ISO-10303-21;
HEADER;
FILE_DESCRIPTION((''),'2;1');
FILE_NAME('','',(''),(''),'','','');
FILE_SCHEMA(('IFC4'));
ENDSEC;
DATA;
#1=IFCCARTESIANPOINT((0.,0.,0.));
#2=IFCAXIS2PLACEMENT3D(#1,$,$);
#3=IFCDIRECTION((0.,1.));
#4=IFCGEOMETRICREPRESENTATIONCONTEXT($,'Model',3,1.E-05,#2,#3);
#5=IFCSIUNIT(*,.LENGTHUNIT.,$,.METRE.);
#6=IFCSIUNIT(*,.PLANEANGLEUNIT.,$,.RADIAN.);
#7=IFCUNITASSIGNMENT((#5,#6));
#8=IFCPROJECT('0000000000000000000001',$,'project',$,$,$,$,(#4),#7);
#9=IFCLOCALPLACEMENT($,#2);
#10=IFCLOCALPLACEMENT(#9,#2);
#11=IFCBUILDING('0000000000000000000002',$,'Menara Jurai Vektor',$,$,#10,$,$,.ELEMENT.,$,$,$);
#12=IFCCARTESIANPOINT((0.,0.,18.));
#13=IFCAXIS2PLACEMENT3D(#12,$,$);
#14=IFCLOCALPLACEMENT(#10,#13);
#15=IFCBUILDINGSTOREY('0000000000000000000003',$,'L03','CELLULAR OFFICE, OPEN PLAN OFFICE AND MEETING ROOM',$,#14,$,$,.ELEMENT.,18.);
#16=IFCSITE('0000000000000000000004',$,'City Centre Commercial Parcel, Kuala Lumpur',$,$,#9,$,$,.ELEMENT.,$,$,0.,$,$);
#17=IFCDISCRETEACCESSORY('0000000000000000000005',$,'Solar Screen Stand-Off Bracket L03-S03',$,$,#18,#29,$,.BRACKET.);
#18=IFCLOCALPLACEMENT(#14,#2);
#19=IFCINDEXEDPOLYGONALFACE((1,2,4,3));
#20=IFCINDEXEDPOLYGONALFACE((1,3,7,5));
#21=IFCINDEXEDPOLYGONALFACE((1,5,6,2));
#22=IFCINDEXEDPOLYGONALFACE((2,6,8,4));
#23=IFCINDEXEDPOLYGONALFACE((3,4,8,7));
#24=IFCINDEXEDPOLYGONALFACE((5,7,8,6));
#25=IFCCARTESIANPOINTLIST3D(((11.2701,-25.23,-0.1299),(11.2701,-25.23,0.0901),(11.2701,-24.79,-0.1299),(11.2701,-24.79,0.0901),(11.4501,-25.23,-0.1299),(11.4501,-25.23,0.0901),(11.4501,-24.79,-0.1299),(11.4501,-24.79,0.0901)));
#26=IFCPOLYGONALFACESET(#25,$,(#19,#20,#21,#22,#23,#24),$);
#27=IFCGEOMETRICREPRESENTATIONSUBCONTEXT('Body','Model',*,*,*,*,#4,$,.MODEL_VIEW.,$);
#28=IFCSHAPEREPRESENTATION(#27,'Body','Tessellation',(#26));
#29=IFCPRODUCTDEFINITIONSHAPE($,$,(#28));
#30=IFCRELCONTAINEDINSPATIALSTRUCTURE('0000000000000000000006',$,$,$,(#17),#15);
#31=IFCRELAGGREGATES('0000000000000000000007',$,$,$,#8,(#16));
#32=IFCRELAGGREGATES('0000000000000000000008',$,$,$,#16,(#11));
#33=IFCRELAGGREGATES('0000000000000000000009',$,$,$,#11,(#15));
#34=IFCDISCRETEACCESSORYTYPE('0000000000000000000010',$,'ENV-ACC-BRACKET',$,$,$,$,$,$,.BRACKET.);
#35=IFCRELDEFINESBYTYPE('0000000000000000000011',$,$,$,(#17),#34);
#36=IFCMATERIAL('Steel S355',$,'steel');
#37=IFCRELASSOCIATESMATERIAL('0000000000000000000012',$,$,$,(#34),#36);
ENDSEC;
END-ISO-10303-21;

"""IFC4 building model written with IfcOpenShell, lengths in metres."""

from ifc_helpers import new_model, si_unit, direction, frame, origin, origin_2d, place, context, subcontext, project, spatial, rectangle, extrude, material, type_object, element, save


model = new_model("IFC4")

# Units and contexts
model_context = context("Model", 3, precision=1e-05, world=origin(), true_north=direction((0.0, 1.0)))
body_context = subcontext(model_context, "Body", "Model", "MODEL_VIEW")
ifc_project = project(units=[si_unit("LENGTHUNIT", "METRE"), si_unit("PLANEANGLEUNIT", "RADIAN")], contexts=[model_context])

# Site, building, storey
site_placement = place(None, origin())
site = spatial("IfcSite", under=ifc_project, at=site_placement, Name="City Centre Commercial Parcel, Kuala Lumpur", CompositionType="ELEMENT", RefElevation=0.0)
building_placement = place(site_placement, origin())
building = spatial("IfcBuilding", under=site, at=building_placement, Name="Menara Jurai Vektor", CompositionType="ELEMENT")
storey_placement = place(building_placement, frame((0.0, 0.0, 18.0)))
storey = spatial("IfcBuildingStorey", under=building, at=storey_placement, Name="L03", Description="CELLULAR OFFICE, OPEN PLAN OFFICE AND MEETING ROOM", CompositionType="ELEMENT", Elevation=18.0)

# Shared definitions
ifc_material_1 = material(Name="Steel S355", Category="steel")

# Discrete accessory
discrete_accessory_type = type_object("IfcDiscreteAccessoryType", Name="ENV-ACC-BRACKET", PredefinedType="BRACKET", material=ifc_material_1)
discrete_accessory_placement = place(storey_placement, frame((11.3601, -25.01, -0.1299), z_axis=(0.0, 0.0, 1.0), x_axis=(1.0, 0.0, 0.0)))
element("IfcDiscreteAccessory", 1, at=discrete_accessory_placement, inside=storey, type_object=discrete_accessory_type, Name="Solar Screen Stand-Off Bracket L03-S03", PredefinedType="BRACKET", context=body_context, shape_type="SweptSolid", body=[
    extrude(rectangle(XDim=0.1799, YDim=0.4399, at=origin_2d()), origin(), (0.0, 0.0, 1.0), 0.22),
])

save(model, "model.ifc")
